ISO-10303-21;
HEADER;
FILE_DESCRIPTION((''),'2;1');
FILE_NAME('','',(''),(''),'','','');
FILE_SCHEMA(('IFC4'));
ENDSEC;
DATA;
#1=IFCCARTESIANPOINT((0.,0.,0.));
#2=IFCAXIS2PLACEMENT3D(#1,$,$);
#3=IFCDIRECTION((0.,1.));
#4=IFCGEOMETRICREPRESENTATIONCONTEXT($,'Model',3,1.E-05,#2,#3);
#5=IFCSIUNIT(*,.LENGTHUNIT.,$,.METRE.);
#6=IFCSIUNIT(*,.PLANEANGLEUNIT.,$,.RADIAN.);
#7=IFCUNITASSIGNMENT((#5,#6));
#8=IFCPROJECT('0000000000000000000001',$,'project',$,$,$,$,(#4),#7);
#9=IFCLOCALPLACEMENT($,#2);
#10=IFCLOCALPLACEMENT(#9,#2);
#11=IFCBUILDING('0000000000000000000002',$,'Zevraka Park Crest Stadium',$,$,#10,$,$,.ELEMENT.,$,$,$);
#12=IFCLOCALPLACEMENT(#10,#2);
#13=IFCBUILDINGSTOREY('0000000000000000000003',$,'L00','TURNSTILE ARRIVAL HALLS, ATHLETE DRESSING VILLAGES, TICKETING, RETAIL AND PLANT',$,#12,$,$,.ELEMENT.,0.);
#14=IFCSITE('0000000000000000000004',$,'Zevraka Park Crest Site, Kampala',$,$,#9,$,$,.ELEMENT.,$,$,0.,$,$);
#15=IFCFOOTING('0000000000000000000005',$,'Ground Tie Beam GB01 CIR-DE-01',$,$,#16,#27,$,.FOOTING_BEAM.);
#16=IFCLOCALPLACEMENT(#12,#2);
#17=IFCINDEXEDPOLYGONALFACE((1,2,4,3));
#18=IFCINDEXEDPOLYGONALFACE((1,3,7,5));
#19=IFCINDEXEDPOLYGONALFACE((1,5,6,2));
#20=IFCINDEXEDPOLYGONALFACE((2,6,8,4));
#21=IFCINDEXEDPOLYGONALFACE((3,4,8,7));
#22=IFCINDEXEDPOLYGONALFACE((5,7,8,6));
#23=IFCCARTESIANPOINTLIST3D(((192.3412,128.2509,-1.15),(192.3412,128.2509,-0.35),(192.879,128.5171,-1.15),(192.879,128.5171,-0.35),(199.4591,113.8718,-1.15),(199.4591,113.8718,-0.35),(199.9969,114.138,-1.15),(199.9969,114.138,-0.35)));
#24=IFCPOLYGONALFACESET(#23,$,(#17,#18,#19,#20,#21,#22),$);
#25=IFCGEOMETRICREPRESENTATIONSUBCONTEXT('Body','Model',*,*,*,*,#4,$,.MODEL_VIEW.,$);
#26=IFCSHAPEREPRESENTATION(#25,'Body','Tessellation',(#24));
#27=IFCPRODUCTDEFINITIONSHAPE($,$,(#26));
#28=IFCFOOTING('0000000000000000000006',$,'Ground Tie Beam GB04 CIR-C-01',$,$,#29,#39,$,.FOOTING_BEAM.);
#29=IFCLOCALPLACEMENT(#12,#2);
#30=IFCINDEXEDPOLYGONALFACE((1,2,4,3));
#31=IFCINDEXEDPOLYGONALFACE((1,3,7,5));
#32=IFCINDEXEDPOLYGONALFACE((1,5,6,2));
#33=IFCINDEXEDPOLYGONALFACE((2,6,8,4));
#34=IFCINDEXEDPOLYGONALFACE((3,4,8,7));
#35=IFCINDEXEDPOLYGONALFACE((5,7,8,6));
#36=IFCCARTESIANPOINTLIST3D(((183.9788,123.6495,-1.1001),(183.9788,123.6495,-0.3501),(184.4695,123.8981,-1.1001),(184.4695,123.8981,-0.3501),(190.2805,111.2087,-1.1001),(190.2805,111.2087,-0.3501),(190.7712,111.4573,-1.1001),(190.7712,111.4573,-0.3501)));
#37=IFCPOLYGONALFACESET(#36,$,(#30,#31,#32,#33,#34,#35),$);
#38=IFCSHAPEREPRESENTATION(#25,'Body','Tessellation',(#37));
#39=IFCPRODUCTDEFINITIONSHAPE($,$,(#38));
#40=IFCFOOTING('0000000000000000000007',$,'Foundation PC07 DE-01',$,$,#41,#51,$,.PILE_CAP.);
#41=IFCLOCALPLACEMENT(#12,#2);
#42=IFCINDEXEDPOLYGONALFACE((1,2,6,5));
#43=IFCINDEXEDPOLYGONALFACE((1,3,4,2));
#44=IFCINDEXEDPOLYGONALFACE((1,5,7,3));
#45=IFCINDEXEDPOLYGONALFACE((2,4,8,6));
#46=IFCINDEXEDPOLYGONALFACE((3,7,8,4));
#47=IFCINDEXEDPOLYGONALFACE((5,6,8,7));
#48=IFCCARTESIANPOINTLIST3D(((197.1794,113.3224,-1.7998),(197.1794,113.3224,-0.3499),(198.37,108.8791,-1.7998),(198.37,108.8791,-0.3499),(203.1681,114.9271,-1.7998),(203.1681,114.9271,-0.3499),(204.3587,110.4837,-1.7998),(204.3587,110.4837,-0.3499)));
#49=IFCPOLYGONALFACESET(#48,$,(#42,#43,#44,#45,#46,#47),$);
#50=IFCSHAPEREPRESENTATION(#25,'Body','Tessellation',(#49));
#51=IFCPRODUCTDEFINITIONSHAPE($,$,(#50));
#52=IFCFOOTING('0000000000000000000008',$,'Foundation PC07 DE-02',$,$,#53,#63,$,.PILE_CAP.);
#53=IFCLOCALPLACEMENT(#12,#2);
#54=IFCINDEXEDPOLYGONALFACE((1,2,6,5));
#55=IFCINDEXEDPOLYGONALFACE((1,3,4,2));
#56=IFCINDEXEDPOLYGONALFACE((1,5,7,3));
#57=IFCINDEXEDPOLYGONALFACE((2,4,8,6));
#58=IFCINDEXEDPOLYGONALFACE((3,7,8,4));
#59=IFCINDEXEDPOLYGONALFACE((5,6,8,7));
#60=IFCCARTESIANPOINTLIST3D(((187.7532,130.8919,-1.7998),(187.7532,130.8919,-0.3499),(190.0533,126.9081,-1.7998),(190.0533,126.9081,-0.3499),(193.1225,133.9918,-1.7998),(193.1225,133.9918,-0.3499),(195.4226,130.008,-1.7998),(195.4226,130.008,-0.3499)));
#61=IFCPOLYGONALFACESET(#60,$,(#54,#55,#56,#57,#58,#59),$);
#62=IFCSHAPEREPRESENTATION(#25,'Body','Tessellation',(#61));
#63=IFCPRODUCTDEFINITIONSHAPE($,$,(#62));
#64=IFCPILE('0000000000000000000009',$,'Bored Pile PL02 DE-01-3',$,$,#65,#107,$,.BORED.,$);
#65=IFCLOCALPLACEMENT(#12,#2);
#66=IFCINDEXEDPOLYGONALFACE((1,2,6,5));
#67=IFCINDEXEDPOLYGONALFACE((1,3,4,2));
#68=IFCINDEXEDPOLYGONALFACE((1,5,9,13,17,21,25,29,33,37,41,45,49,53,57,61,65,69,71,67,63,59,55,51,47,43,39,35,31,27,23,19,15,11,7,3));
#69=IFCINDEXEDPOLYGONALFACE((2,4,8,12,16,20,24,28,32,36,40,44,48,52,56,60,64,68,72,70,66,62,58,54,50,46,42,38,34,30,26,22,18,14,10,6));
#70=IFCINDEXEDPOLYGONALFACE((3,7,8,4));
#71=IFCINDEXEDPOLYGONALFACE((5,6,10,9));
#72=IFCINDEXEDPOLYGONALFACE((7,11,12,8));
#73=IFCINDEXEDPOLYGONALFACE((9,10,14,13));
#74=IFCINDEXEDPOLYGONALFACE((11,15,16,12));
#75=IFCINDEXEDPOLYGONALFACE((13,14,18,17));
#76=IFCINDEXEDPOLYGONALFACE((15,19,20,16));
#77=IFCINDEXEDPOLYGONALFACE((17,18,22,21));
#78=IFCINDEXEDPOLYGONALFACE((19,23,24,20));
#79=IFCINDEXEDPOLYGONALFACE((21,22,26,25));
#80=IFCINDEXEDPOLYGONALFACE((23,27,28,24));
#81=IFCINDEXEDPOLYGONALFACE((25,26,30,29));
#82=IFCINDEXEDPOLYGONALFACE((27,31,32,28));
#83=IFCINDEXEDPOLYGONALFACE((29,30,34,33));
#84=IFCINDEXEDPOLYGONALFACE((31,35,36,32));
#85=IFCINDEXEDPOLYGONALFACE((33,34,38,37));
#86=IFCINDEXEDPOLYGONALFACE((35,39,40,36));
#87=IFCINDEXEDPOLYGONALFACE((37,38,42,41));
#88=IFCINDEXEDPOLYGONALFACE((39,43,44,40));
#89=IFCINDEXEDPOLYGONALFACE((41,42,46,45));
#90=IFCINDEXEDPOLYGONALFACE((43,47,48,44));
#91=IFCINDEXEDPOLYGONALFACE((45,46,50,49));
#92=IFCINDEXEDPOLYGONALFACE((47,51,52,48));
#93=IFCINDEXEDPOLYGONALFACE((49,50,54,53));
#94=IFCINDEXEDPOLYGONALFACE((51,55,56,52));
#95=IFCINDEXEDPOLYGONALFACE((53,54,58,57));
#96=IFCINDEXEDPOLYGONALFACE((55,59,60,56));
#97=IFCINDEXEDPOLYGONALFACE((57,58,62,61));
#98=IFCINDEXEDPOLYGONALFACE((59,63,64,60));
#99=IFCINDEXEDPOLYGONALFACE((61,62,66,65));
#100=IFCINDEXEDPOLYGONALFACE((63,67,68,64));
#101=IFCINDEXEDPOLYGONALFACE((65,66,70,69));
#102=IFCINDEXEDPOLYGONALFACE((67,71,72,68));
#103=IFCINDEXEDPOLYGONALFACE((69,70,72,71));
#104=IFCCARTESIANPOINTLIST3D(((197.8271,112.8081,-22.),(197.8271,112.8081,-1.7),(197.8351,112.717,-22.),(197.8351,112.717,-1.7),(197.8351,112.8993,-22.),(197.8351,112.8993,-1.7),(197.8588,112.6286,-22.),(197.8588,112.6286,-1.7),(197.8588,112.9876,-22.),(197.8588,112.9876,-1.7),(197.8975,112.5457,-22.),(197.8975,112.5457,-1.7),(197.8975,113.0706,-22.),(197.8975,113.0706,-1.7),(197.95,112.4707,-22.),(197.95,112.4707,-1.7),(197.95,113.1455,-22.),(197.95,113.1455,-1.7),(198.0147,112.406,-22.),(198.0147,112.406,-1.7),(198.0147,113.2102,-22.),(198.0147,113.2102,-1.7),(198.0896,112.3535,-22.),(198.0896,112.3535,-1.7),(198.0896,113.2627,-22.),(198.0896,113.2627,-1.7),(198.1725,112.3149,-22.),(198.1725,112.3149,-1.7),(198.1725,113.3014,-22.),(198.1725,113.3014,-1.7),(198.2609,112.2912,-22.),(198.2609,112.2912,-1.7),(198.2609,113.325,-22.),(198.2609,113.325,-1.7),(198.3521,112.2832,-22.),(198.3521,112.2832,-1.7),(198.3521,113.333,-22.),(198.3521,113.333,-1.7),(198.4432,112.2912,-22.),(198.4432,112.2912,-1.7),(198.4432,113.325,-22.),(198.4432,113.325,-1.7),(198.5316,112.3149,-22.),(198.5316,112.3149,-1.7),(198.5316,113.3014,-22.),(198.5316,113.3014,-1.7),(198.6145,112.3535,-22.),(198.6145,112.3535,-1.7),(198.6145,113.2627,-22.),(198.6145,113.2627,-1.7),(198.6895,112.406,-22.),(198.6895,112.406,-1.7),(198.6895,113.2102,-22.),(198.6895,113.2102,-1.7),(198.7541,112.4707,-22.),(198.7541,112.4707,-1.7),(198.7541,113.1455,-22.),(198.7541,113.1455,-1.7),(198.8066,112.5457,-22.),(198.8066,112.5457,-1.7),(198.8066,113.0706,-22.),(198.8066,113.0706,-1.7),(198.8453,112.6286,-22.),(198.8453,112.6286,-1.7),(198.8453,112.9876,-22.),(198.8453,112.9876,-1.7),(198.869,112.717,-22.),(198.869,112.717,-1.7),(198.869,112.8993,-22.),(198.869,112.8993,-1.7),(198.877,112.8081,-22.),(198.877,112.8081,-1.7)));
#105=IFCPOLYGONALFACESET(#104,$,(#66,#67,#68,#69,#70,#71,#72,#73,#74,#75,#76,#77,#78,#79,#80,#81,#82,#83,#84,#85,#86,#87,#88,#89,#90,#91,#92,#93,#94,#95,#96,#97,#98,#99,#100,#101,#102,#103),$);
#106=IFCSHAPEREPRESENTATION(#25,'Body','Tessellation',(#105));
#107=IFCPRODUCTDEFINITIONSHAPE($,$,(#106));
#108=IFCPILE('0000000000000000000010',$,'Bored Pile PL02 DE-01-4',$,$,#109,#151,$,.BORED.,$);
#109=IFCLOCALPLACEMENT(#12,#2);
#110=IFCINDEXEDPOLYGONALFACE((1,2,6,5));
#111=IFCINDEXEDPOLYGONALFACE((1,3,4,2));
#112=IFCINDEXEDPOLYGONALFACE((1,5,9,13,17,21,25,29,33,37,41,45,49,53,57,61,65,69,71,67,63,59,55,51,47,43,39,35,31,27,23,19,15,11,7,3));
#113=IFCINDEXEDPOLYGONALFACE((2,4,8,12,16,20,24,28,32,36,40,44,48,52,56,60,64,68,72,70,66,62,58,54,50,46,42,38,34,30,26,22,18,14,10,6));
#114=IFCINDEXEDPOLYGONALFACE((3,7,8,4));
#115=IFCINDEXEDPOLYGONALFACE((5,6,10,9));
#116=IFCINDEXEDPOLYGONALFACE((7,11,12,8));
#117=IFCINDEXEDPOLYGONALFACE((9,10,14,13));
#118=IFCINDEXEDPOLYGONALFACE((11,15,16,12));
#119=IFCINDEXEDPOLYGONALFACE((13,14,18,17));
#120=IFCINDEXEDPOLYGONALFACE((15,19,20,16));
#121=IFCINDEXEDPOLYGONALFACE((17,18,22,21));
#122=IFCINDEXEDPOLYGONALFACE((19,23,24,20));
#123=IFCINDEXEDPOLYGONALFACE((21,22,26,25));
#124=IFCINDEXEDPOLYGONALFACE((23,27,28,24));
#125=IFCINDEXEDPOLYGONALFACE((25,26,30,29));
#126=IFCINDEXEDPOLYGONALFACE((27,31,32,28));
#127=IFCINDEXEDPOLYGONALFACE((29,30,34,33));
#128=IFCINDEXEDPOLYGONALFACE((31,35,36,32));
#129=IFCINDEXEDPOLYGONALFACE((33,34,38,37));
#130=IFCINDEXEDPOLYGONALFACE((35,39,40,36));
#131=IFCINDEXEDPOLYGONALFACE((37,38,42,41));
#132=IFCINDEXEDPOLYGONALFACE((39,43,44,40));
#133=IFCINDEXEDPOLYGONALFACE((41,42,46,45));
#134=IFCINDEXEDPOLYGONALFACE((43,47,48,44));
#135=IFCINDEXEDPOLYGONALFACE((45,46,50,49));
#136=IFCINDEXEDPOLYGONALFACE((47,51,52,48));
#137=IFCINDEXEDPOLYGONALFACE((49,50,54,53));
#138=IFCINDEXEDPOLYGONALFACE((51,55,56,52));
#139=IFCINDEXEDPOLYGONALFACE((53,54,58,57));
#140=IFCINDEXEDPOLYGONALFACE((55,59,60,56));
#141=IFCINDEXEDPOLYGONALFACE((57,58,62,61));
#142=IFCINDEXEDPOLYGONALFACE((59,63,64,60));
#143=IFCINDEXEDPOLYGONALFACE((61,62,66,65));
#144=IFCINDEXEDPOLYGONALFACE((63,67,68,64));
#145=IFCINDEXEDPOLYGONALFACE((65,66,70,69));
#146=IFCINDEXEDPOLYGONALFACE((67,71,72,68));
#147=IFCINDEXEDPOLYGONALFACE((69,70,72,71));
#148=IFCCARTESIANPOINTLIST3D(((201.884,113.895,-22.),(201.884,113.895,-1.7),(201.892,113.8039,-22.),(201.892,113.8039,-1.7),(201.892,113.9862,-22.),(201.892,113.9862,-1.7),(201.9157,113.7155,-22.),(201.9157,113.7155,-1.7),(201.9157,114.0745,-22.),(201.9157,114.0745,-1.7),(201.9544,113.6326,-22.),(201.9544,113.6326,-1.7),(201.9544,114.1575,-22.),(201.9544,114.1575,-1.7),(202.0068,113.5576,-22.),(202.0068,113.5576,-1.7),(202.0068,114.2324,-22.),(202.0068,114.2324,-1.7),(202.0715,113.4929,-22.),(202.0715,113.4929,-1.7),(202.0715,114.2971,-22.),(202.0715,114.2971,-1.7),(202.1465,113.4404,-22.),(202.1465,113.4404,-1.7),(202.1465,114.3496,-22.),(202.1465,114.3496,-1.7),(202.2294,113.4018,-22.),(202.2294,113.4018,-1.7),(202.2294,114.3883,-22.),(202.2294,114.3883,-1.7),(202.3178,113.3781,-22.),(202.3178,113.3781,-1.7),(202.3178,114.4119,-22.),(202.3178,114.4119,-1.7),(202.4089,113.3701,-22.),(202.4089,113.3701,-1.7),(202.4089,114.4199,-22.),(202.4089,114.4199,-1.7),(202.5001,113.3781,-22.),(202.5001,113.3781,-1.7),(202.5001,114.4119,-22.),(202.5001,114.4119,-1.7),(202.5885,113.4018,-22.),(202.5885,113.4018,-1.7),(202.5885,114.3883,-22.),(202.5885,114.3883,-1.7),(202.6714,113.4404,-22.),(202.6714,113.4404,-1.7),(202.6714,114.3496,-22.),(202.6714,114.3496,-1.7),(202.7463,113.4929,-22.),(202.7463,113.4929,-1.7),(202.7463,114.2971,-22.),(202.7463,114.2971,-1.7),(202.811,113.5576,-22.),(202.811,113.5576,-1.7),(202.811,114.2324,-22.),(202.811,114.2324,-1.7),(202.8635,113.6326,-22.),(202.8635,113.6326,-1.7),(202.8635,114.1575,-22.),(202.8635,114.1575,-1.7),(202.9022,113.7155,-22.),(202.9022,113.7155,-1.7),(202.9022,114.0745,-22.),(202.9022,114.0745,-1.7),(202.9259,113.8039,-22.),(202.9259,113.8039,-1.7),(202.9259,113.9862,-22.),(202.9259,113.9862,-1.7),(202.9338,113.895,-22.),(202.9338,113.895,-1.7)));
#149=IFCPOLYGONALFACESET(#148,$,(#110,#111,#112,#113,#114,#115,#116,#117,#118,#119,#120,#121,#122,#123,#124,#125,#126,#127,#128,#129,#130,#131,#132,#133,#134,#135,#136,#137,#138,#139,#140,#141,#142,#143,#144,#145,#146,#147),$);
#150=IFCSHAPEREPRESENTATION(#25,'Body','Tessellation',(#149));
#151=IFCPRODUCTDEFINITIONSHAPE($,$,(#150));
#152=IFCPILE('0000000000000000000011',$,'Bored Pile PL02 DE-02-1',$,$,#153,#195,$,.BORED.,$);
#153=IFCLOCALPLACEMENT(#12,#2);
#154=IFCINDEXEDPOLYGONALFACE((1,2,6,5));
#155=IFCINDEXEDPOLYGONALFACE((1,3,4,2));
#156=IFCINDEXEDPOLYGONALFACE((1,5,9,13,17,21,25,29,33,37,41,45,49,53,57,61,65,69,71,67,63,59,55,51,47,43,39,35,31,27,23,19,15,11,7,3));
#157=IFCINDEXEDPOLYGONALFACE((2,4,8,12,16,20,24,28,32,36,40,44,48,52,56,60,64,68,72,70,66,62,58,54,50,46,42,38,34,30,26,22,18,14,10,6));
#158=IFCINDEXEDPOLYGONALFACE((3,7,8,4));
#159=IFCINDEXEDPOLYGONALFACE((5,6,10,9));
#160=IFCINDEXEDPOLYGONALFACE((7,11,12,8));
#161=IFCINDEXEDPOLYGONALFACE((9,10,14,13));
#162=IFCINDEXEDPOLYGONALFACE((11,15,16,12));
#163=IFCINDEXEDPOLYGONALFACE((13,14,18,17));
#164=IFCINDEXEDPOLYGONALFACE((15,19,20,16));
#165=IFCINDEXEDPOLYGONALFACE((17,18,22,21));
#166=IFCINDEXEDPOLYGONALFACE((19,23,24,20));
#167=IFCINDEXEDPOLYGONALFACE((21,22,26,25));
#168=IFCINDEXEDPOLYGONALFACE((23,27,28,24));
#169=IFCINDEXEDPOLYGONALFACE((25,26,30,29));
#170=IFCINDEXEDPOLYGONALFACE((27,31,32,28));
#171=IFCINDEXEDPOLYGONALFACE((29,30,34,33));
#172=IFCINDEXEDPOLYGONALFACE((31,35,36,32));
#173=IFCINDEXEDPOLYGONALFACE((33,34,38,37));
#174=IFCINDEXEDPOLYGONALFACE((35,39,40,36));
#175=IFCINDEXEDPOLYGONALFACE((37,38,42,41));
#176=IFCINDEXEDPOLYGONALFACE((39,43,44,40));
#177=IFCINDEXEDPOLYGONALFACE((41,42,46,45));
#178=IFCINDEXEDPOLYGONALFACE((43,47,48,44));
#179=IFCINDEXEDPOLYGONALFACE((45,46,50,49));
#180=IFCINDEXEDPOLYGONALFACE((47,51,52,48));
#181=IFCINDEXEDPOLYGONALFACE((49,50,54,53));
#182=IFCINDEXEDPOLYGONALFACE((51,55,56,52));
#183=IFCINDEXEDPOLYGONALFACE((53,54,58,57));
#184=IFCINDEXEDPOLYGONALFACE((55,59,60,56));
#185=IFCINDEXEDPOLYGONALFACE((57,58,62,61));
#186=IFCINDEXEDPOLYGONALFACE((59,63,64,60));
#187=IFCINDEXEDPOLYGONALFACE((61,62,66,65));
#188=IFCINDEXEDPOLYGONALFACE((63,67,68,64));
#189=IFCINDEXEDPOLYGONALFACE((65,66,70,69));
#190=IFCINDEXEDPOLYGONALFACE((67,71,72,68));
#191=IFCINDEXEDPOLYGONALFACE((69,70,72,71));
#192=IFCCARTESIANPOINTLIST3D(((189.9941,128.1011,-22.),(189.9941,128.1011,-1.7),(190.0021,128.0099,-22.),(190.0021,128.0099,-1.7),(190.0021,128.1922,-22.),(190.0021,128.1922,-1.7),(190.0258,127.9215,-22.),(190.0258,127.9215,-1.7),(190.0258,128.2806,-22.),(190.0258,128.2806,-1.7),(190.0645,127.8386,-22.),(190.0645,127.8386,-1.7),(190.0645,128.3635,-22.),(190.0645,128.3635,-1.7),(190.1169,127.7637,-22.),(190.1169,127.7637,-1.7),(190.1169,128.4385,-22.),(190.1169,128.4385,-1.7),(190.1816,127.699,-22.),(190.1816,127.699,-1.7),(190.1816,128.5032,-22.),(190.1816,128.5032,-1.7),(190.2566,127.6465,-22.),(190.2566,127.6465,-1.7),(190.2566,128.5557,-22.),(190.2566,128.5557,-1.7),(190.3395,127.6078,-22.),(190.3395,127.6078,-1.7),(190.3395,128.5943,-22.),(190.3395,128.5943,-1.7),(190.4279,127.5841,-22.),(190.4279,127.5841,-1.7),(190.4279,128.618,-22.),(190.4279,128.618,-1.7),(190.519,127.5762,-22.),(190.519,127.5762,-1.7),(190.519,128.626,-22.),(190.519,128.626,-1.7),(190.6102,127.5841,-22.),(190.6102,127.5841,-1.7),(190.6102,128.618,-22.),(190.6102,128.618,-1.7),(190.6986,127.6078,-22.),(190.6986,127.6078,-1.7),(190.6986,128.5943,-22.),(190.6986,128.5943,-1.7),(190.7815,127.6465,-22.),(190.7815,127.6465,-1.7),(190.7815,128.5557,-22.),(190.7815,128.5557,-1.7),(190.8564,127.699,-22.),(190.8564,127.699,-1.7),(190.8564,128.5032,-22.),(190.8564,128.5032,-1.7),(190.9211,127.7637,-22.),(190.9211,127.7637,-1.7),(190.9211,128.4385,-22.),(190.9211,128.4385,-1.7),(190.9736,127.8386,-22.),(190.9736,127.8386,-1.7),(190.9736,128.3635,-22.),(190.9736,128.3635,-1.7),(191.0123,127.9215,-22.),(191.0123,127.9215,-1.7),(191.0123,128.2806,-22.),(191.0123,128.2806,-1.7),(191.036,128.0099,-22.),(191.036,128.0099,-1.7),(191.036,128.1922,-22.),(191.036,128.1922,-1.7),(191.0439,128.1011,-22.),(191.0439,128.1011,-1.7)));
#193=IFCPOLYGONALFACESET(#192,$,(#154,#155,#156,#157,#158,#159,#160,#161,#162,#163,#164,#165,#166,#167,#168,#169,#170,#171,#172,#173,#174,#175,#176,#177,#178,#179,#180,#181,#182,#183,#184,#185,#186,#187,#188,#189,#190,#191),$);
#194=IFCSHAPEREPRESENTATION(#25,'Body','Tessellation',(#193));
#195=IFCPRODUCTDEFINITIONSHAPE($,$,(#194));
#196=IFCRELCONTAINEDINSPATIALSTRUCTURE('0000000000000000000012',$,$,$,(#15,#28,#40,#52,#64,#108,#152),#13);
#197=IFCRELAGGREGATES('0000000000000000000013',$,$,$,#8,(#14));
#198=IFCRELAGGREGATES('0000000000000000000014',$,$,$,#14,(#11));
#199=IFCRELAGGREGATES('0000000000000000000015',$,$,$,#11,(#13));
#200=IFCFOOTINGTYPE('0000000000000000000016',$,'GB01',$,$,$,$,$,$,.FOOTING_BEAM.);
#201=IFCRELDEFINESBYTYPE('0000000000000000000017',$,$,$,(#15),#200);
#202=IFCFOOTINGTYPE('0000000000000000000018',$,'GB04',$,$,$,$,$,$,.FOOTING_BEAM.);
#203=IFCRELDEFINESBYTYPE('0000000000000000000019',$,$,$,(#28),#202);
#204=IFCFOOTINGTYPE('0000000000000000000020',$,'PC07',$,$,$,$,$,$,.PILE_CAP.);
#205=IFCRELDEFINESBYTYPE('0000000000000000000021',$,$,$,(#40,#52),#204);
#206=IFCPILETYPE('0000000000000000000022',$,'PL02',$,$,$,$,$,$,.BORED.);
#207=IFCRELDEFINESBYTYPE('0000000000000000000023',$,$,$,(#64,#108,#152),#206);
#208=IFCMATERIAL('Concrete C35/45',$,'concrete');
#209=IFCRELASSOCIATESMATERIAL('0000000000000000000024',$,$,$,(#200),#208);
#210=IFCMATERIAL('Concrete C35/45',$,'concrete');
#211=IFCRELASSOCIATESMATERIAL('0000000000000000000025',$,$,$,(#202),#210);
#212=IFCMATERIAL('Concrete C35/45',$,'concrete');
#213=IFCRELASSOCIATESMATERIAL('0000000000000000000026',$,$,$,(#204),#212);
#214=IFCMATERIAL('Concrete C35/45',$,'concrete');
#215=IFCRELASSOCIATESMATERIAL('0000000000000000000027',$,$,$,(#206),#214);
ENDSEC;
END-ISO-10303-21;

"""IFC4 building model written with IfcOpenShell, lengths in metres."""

from ifc_helpers import new_model, si_unit, direction, frame, origin, origin_2d, place, context, subcontext, project, spatial, rectangle, circle, extrude, material, material_profile, profile_set, type_object, element, save


model = new_model("IFC4")

# Units and contexts
model_context = context("Model", 3, precision=1e-05, world=origin(), true_north=direction((0.0, 1.0)))
body_context = subcontext(model_context, "Body", "Model", "MODEL_VIEW")
ifc_project = project(units=[si_unit("LENGTHUNIT", "METRE"), si_unit("PLANEANGLEUNIT", "RADIAN")], contexts=[model_context])

# Site, building, storey
site_placement = place(None, origin())
site = spatial("IfcSite", under=ifc_project, at=site_placement, Name="Zevraka Park Crest Site, Kampala", CompositionType="ELEMENT", RefElevation=0.0)
building_placement = place(site_placement, origin())
building = spatial("IfcBuilding", under=site, at=building_placement, Name="Zevraka Park Crest Stadium", CompositionType="ELEMENT")
storey_placement = place(building_placement, origin())
storey = spatial("IfcBuildingStorey", under=building, at=storey_placement, Name="L00", Description="TURNSTILE ARRIVAL HALLS, ATHLETE DRESSING VILLAGES, TICKETING, RETAIL AND PLANT", CompositionType="ELEMENT", Elevation=0.0)

# Footings
ifc_material_1 = material(Name="Concrete C35/45", Category="concrete")
ifc_material_profile_1 = material_profile(ifc_material_1, rectangle(XDim=0.6001, YDim=0.8, at=origin_2d()), Name="GB 800x600")
ifc_profile_set_1 = profile_set([ifc_material_profile_1], Name="Concrete C35/45")
footing_type_1 = type_object("IfcFootingType", Name="GB01", PredefinedType="FOOTING_BEAM", material=ifc_profile_set_1)
footing_1_placement = place(storey_placement, frame((199.728, 114.0049, -0.75), z_axis=(-0.443637, 0.896206, 0.0), x_axis=(-0.896206, -0.443637, 0.0)))
element("IfcFooting", 1, at=footing_1_placement, inside=storey, type_object=footing_type_1, Name="Ground Tie Beam GB01 CIR-DE-01", PredefinedType="FOOTING_BEAM", context=body_context, shape_type="SweptSolid", body=[
    extrude(rectangle(XDim=0.6001, YDim=0.8, at=origin_2d()), origin(), (0.0, 0.0, 1.0), 16.0444),
])
ifc_material_2 = material(Name="Concrete C35/45", Category="concrete")
ifc_material_profile_2 = material_profile(ifc_material_2, rectangle(XDim=0.55, YDim=0.75, at=origin_2d()), Name="GB 750x550")
ifc_profile_set_2 = profile_set([ifc_material_profile_2], Name="Concrete C35/45")
footing_type_2 = type_object("IfcFootingType", Name="GB04", PredefinedType="FOOTING_BEAM", material=ifc_profile_set_2)
footing_2_placement = place(storey_placement, frame((190.5259, 111.333, -0.7251), z_axis=(-0.451871, 0.892083, 0.0), x_axis=(-0.892083, -0.451871, 0.0)))
element("IfcFooting", 2, at=footing_2_placement, inside=storey, type_object=footing_type_2, Name="Ground Tie Beam GB04 CIR-C-01", PredefinedType="FOOTING_BEAM", context=body_context, shape_type="SweptSolid", body=[
    extrude(rectangle(XDim=0.55, YDim=0.75, at=origin_2d()), origin(), (0.0, 0.0, 1.0), 13.9458),
])
ifc_material_3 = material(Name="Concrete C35/45", Category="concrete")
footing_type_3 = type_object("IfcFootingType", Name="PC07", PredefinedType="PILE_CAP", material=ifc_material_3)
for number, where, z_axis, x_axis, name in (
    (3, (200.769, 111.9031, -1.7998), (0.0, 0.0, 1.0), (0.965926, 0.258819, 0.0), "Foundation PC07 DE-01"),
    (4, (191.5879, 130.45, -1.7998), (0.0, 0.0, 1.0), (0.866025, 0.5, 0.0), "Foundation PC07 DE-02"),
):
    element("IfcFooting", number, at=place(storey_placement, frame(where, z_axis=z_axis, x_axis=x_axis)), inside=storey, type_object=footing_type_3, Name=name, PredefinedType="PILE_CAP", context=body_context, shape_type="SweptSolid", body=[
        extrude(rectangle(XDim=6.2, YDim=4.6001, at=origin_2d()), origin(), (0.0, 0.0, 1.0), 1.45),
    ])

# Piles
ifc_material_4 = material(Name="Concrete C35/45", Category="concrete")
ifc_material_profile_3 = material_profile(ifc_material_4, circle(Radius=0.5249, at=origin_2d()), Name="PILE D1050")
ifc_profile_set_3 = profile_set([ifc_material_profile_3], Name="Concrete C35/45")
pile_type = type_object("IfcPileType", Name="PL02", PredefinedType="BORED", material=ifc_profile_set_3)
for number, where, z_axis, x_axis, name in (
    (5, (198.3521, 112.8081, -1.7), (0.0, 0.0, -1.0), (1.0, 0.0, 0.0), "Bored Pile PL02 DE-01-3"),
    (6, (202.4089, 113.895, -1.7), (0.0, 0.0, -1.0), (1.0, 0.0, 0.0), "Bored Pile PL02 DE-01-4"),
    (7, (190.519, 128.1011, -1.7), (0.0, 0.0, -1.0), (1.0, 0.0, 0.0), "Bored Pile PL02 DE-02-1"),
):
    element("IfcPile", number, at=place(storey_placement, frame(where, z_axis=z_axis, x_axis=x_axis)), inside=storey, type_object=pile_type, Name=name, PredefinedType="BORED", context=body_context, shape_type="SweptSolid", body=[
        extrude(circle(Radius=0.5249, at=origin_2d()), origin(), (0.0, 0.0, 1.0), 20.3),
    ])

save(model, "model.ifc")
